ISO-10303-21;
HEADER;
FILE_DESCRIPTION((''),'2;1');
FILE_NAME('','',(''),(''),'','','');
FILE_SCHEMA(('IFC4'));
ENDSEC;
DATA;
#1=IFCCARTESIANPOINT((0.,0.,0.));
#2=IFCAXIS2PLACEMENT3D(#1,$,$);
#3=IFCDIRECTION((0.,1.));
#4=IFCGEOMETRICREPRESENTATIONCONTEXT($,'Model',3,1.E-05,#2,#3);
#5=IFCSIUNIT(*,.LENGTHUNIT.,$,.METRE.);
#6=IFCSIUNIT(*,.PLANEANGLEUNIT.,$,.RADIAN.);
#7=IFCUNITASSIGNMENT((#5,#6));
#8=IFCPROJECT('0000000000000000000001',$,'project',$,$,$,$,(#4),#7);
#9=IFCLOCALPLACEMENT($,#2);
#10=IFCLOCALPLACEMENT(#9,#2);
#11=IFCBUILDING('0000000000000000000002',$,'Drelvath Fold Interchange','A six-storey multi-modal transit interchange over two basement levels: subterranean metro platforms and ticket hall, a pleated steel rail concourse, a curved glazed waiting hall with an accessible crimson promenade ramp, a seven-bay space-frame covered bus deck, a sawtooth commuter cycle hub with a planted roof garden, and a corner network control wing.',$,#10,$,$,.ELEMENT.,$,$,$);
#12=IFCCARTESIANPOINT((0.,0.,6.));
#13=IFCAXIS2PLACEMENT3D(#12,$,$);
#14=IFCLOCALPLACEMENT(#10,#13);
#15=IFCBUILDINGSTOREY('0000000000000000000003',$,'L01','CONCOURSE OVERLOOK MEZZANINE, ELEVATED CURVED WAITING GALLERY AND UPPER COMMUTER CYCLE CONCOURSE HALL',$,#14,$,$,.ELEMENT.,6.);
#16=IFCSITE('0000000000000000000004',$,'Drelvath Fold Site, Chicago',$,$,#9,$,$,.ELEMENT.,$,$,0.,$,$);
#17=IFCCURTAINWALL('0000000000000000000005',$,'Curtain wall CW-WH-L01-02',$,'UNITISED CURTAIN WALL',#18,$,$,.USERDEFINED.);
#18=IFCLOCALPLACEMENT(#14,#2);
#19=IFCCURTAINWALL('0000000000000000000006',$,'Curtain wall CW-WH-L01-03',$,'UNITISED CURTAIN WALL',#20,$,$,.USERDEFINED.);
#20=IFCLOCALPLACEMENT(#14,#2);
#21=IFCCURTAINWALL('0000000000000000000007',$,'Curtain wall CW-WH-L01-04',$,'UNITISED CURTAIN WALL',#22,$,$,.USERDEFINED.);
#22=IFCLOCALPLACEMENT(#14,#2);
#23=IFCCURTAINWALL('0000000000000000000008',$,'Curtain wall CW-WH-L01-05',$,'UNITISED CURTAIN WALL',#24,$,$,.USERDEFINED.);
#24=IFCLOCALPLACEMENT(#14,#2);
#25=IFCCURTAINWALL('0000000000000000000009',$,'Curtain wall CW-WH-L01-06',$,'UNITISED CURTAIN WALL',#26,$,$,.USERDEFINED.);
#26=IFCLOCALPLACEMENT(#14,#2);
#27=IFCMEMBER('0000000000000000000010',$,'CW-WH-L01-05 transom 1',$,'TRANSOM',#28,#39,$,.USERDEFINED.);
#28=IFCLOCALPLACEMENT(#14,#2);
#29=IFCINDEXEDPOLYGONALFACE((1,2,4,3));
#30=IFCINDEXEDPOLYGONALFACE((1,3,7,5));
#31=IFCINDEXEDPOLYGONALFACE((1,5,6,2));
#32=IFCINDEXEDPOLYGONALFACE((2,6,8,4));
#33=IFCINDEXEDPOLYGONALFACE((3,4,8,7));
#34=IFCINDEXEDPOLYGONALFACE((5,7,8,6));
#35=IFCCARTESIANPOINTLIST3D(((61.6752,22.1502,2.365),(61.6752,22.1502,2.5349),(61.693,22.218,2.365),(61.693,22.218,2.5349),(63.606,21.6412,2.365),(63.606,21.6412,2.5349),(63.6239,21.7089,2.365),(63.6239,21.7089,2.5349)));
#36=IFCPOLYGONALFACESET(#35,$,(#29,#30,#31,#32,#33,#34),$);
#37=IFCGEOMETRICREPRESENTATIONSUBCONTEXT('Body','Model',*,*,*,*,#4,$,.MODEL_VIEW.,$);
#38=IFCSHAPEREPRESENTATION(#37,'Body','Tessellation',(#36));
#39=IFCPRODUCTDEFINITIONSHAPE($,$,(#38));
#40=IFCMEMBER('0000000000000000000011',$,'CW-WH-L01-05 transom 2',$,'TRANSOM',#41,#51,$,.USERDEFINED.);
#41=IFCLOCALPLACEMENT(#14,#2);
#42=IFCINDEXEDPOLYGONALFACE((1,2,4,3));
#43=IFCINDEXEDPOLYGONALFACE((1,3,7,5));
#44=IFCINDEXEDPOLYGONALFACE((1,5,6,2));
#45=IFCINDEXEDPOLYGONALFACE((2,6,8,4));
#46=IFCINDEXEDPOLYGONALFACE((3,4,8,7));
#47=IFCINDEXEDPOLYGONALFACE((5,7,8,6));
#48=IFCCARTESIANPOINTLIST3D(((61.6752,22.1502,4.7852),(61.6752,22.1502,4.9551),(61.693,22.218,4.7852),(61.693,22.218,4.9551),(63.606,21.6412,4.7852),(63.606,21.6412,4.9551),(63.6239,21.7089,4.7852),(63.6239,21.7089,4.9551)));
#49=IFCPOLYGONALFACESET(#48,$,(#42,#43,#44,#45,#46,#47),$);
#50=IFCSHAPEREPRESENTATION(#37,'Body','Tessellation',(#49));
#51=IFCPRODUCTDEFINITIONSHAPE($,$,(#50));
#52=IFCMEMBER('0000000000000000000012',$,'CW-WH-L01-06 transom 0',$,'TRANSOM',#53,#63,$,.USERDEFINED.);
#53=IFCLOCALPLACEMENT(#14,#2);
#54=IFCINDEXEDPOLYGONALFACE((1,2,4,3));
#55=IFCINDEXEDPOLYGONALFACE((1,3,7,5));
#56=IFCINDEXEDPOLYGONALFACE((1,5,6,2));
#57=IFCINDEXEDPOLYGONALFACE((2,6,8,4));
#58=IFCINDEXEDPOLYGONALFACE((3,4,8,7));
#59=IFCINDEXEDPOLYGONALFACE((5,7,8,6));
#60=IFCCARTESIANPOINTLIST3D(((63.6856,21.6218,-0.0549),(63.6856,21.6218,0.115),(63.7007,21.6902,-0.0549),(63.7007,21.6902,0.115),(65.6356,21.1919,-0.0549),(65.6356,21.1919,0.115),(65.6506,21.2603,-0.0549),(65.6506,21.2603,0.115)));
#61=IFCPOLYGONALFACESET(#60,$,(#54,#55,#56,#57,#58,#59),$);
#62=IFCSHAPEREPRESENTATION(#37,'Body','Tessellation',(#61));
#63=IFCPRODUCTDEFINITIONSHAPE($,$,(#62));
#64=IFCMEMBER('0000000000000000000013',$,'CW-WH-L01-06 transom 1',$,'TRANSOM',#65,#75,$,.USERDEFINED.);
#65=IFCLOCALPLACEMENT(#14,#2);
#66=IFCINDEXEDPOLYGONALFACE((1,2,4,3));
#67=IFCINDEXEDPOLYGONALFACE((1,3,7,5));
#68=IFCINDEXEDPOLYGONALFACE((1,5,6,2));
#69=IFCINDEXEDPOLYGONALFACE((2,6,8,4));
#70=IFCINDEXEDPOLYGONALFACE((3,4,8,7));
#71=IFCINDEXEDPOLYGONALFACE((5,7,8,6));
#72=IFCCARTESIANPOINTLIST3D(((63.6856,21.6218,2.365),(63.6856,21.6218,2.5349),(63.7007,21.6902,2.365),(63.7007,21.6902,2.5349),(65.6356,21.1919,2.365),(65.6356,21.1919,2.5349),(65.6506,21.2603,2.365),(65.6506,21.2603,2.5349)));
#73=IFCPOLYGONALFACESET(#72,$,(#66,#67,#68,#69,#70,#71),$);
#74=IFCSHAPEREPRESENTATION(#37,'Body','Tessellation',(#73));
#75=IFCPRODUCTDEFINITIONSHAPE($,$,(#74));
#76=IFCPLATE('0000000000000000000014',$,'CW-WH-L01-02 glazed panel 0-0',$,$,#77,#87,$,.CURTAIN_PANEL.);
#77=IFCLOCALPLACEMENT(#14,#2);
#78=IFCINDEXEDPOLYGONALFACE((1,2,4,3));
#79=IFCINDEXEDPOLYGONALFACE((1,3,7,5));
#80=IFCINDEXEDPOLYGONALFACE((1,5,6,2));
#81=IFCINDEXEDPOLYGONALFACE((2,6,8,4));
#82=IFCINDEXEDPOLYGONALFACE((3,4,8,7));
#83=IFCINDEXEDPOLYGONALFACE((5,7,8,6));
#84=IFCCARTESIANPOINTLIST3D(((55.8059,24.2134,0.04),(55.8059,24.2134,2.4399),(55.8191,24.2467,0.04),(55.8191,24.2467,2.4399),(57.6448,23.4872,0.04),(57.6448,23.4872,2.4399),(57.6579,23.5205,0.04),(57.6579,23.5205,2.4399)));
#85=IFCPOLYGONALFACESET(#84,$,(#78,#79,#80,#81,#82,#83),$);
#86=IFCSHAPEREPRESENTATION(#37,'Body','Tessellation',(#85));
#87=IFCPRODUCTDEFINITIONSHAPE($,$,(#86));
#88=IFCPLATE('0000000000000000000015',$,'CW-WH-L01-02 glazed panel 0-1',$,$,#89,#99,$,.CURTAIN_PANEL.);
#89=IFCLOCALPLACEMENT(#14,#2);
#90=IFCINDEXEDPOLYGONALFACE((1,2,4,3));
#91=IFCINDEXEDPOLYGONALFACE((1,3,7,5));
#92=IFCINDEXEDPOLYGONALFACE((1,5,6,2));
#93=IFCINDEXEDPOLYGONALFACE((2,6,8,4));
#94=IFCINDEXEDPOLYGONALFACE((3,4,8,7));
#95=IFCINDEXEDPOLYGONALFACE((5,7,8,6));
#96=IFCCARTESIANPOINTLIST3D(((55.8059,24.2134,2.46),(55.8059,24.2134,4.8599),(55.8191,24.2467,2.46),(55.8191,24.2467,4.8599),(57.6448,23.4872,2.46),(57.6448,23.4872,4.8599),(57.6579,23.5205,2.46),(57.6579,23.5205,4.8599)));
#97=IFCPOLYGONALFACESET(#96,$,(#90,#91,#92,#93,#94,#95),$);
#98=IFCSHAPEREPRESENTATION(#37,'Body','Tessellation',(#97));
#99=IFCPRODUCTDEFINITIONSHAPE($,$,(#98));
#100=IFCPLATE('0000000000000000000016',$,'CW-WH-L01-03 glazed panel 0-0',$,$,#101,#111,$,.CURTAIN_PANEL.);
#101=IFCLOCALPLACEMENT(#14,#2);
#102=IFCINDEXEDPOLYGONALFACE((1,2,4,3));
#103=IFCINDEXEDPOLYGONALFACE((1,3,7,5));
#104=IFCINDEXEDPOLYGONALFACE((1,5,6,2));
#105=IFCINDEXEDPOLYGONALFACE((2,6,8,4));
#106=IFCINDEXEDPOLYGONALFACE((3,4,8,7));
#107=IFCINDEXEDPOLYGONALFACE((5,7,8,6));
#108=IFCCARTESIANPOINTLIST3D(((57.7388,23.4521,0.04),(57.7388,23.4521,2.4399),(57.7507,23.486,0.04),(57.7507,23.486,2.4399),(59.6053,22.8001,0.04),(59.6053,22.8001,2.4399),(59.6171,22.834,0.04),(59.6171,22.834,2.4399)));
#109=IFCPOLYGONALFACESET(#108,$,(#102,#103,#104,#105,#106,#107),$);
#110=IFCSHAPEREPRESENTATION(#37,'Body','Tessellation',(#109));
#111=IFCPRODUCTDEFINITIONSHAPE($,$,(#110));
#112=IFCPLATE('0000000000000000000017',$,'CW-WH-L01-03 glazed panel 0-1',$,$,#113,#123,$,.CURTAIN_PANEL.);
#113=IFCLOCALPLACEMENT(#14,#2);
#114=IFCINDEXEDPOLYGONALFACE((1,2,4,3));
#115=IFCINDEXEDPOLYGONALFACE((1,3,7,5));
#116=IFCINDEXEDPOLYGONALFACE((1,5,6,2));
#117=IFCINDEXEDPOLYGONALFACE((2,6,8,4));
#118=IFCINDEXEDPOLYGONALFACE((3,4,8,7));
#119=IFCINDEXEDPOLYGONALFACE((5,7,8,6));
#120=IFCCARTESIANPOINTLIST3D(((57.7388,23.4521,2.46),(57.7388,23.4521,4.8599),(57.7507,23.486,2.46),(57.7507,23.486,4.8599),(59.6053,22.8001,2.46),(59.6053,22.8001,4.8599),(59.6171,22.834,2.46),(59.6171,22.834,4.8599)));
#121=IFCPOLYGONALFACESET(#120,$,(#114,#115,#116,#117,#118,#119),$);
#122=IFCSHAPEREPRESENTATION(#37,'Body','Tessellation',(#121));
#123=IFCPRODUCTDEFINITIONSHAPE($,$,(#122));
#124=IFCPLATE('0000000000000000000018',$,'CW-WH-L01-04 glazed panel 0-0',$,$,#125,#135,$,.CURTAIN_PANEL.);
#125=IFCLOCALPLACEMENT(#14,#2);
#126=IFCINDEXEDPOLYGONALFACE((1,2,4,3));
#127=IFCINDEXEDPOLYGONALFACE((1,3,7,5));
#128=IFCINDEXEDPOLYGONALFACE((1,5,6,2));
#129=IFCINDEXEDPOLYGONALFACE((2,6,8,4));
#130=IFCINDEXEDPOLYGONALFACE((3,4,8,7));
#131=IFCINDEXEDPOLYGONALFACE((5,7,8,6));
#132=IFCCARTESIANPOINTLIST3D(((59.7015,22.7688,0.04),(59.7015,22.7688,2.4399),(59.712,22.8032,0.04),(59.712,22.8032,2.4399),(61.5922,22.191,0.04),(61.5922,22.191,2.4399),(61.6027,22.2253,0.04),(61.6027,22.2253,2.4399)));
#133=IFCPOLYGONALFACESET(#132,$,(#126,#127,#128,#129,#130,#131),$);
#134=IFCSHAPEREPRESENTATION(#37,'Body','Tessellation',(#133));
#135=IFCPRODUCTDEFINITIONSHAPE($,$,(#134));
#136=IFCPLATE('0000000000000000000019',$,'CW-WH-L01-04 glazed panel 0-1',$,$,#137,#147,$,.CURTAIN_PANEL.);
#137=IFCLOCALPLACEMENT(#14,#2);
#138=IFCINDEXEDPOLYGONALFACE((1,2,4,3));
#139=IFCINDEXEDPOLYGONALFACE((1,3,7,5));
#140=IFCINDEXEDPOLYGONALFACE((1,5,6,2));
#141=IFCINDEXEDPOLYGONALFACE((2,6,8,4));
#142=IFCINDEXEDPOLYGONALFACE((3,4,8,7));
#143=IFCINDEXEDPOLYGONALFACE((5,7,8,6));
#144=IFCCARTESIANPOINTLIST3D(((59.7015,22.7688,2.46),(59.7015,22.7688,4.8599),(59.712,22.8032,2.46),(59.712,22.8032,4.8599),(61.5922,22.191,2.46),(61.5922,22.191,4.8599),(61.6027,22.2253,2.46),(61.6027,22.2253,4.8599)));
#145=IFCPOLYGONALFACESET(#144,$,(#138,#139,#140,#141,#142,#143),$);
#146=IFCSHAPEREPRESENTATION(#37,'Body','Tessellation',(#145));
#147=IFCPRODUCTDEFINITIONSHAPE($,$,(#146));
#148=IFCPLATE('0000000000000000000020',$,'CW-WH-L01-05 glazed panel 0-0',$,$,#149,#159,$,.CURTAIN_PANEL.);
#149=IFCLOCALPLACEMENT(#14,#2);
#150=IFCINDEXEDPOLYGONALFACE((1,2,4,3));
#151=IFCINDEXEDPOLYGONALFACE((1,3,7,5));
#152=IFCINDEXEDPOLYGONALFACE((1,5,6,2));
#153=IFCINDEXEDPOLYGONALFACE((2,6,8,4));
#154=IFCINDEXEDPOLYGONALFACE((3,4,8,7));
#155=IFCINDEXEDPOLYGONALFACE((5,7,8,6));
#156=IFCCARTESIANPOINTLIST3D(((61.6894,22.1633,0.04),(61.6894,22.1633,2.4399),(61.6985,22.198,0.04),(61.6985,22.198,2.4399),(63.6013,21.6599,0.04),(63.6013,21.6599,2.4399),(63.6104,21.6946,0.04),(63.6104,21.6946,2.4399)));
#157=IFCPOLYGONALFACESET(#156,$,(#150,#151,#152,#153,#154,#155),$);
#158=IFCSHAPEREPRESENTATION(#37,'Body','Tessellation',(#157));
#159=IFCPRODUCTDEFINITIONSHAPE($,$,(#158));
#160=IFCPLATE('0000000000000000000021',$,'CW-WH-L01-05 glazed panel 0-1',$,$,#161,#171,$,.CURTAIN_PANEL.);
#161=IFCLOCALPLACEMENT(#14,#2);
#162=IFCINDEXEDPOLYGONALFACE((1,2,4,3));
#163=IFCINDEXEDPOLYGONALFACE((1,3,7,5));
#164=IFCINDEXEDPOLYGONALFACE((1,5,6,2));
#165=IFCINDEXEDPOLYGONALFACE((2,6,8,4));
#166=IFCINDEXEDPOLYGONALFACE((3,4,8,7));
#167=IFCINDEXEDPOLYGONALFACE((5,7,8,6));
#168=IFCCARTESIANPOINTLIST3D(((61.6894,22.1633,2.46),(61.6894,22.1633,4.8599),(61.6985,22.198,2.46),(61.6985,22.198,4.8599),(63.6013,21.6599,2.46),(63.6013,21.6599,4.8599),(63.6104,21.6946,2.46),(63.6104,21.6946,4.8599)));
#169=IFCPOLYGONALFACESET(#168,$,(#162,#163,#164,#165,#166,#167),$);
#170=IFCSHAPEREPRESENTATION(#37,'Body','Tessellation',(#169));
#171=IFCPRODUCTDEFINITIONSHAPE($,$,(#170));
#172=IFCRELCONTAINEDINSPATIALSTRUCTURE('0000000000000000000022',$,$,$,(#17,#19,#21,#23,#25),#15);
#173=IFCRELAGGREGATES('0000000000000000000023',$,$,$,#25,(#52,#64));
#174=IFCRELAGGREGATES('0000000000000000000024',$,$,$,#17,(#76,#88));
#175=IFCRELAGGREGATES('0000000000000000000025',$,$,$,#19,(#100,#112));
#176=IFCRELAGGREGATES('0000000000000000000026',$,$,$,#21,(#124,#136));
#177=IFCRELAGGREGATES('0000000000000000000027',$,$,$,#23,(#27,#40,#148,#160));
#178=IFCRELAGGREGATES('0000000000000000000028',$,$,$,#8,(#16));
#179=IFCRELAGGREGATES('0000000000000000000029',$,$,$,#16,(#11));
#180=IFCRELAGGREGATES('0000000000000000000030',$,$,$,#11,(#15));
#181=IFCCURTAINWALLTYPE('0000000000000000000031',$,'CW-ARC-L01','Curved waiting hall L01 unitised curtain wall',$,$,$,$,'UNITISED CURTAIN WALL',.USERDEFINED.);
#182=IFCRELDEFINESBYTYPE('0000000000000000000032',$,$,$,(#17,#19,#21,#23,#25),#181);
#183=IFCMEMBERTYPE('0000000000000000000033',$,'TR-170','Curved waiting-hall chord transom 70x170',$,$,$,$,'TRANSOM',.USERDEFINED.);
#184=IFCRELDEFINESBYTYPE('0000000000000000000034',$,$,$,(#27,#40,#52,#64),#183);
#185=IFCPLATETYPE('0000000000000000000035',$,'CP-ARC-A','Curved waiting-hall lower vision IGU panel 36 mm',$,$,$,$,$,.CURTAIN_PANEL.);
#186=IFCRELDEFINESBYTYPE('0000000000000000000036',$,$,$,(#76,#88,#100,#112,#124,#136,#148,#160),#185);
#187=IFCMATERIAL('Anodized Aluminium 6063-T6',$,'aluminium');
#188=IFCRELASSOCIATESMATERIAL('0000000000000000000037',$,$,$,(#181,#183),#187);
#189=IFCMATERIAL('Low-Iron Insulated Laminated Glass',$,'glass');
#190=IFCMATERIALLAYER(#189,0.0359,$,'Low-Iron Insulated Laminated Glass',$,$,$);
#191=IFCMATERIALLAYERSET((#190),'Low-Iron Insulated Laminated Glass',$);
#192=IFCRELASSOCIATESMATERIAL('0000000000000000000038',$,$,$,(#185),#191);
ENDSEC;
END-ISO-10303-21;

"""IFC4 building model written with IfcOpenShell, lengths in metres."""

from ifc_helpers import new_model, si_unit, direction, frame, origin, origin_2d, place, context, subcontext, project, spatial, rectangle, extrude, material, layer, layer_set, material_profile, profile_set, type_object, element, aggregate, save


model = new_model("IFC4")

# Units and contexts
model_context = context("Model", 3, precision=1e-05, world=origin(), true_north=direction((0.0, 1.0)))
body_context = subcontext(model_context, "Body", "Model", "MODEL_VIEW")
ifc_project = project(units=[si_unit("LENGTHUNIT", "METRE"), si_unit("PLANEANGLEUNIT", "RADIAN")], contexts=[model_context])

# Site, building, storey
site_placement = place(None, origin())
site = spatial("IfcSite", under=ifc_project, at=site_placement, Name="Drelvath Fold Site, Chicago", CompositionType="ELEMENT", RefElevation=0.0)
building_placement = place(site_placement, origin())
building = spatial("IfcBuilding", under=site, at=building_placement, Name="Drelvath Fold Interchange", Description="A six-storey multi-modal transit interchange over two basement levels: subterranean metro platforms and ticket hall, a pleated steel rail concourse, a curved glazed waiting hall with an accessible crimson promenade ramp, a seven-bay space-frame covered bus deck, a sawtooth commuter cycle hub with a planted roof garden, and a corner network control wing.", CompositionType="ELEMENT")
storey_placement = place(building_placement, frame((0.0, 0.0, 6.0)))
storey = spatial("IfcBuildingStorey", under=building, at=storey_placement, Name="L01", Description="CONCOURSE OVERLOOK MEZZANINE, ELEVATED CURVED WAITING GALLERY AND UPPER COMMUTER CYCLE CONCOURSE HALL", CompositionType="ELEMENT", Elevation=6.0)

# Curtain wall
ifc_material_1 = material(Name="Anodized Aluminium 6063-T6", Category="aluminium")
curtain_wall_type = type_object("IfcCurtainWallType", Name="CW-ARC-L01", Description="Curved waiting hall L01 unitised curtain wall", ElementType="UNITISED CURTAIN WALL", PredefinedType="USERDEFINED", material=ifc_material_1)
curtain_wall_1_placement = place(storey_placement, origin())
curtain_wall_1 = element("IfcCurtainWall", 1, at=curtain_wall_1_placement, inside=storey, type_object=curtain_wall_type, Name="Curtain wall CW-WH-L01-02", ObjectType="UNITISED CURTAIN WALL", PredefinedType="USERDEFINED")

# Curtain walls
curtain_wall_2_placement = place(storey_placement, origin())
curtain_wall_2 = element("IfcCurtainWall", 2, at=curtain_wall_2_placement, inside=storey, type_object=curtain_wall_type, Name="Curtain wall CW-WH-L01-03", ObjectType="UNITISED CURTAIN WALL", PredefinedType="USERDEFINED")
curtain_wall_3_placement = place(storey_placement, origin())
curtain_wall_3 = element("IfcCurtainWall", 3, at=curtain_wall_3_placement, inside=storey, type_object=curtain_wall_type, Name="Curtain wall CW-WH-L01-04", ObjectType="UNITISED CURTAIN WALL", PredefinedType="USERDEFINED")
curtain_wall_4_placement = place(storey_placement, origin())
curtain_wall_4 = element("IfcCurtainWall", 4, at=curtain_wall_4_placement, inside=storey, type_object=curtain_wall_type, Name="Curtain wall CW-WH-L01-05", ObjectType="UNITISED CURTAIN WALL", PredefinedType="USERDEFINED")

# Curtain wall
curtain_wall_5_placement = place(storey_placement, origin())
curtain_wall_5 = element("IfcCurtainWall", 5, at=curtain_wall_5_placement, inside=storey, type_object=curtain_wall_type, Name="Curtain wall CW-WH-L01-06", ObjectType="UNITISED CURTAIN WALL", PredefinedType="USERDEFINED")

# Members
ifc_material_profile_1 = material_profile(ifc_material_1, rectangle(XDim=0.0701, YDim=0.1699, at=origin_2d()), Name="AL-T 70x170")
ifc_profile_set_1 = profile_set([ifc_material_profile_1], Name="Anodized Aluminium 6063-T6")
member_type_1 = type_object("IfcMemberType", Name="TR-170", Description="Curved waiting-hall chord transom 70x170", ElementType="TRANSOM", PredefinedType="USERDEFINED", material=ifc_profile_set_1)
member_1_placement = place(storey_placement, frame((61.6841, 22.1841, 2.45), z_axis=(0.966964, -0.254915, 0.0), x_axis=(0.254915, 0.966964, 0.0)))
member_1 = element("IfcMember", 6, at=member_1_placement, type_object=member_type_1, Name="CW-WH-L01-05 transom 1", ObjectType="TRANSOM", PredefinedType="USERDEFINED", context=body_context, shape_type="SweptSolid", body=[
    extrude(rectangle(XDim=0.0701, YDim=0.1699, at=origin_2d()), origin(), (0.0, 0.0, 1.0), 1.9968),
])
member_2_placement = place(storey_placement, frame((61.6841, 22.1841, 4.8701), z_axis=(0.966964, -0.254915, 0.0), x_axis=(0.254915, 0.966964, 0.0)))
member_2 = element("IfcMember", 7, at=member_2_placement, type_object=member_type_1, Name="CW-WH-L01-05 transom 2", ObjectType="TRANSOM", PredefinedType="USERDEFINED", context=body_context, shape_type="SweptSolid", body=[
    extrude(rectangle(XDim=0.0701, YDim=0.1699, at=origin_2d()), origin(), (0.0, 0.0, 1.0), 1.9968),
])
member_3_placement = place(storey_placement, frame((63.6931, 21.656, 0.03), z_axis=(0.976545, -0.215312, 0.0), x_axis=(0.215312, 0.976545, 0.0)))
member_3 = element("IfcMember", 8, at=member_3_placement, type_object=member_type_1, Name="CW-WH-L01-06 transom 0", ObjectType="TRANSOM", PredefinedType="USERDEFINED", context=body_context, shape_type="SweptSolid", body=[
    extrude(rectangle(XDim=0.0701, YDim=0.1699, at=origin_2d()), origin(), (0.0, 0.0, 1.0), 1.9968),
])
member_4_placement = place(storey_placement, frame((63.6931, 21.656, 2.45), z_axis=(0.976545, -0.215312, 0.0), x_axis=(0.215312, 0.976545, 0.0)))
member_4 = element("IfcMember", 9, at=member_4_placement, type_object=member_type_1, Name="CW-WH-L01-06 transom 1", ObjectType="TRANSOM", PredefinedType="USERDEFINED", context=body_context, shape_type="SweptSolid", body=[
    extrude(rectangle(XDim=0.0701, YDim=0.1699, at=origin_2d()), origin(), (0.0, 0.0, 1.0), 1.9968),
])
aggregate(curtain_wall_5, [member_3, member_4])

# Plates
ifc_material_2 = material(Name="Low-Iron Insulated Laminated Glass", Category="glass")
ifc_layer = layer(ifc_material_2, 0.0359, Name="Low-Iron Insulated Laminated Glass")
ifc_layer_set = layer_set([ifc_layer], Name="Low-Iron Insulated Laminated Glass")
plate_type = type_object("IfcPlateType", Name="CP-ARC-A", Description="Curved waiting-hall lower vision IGU panel 36 mm", PredefinedType="CURTAIN_PANEL", material=ifc_layer_set)
plate_1_placement = place(storey_placement, frame((56.7319, 23.8669, 0.04), z_axis=(0.0, 0.0, 1.0), x_axis=(0.930097, -0.367313, 0.0)))
plate_1 = element("IfcPlate", 10, at=plate_1_placement, type_object=plate_type, Name="CW-WH-L01-02 glazed panel 0-0", PredefinedType="CURTAIN_PANEL", context=body_context, shape_type="SweptSolid", body=[
    extrude(rectangle(XDim=1.9771, YDim=0.0359, at=origin_2d()), origin(), (0.0, 0.0, 1.0), 2.3999),
])
plate_2_placement = place(storey_placement, frame((56.7319, 23.8669, 2.46), z_axis=(0.0, 0.0, 1.0), x_axis=(0.930097, -0.367313, 0.0)))
plate_2 = element("IfcPlate", 11, at=plate_2_placement, type_object=plate_type, Name="CW-WH-L01-02 glazed panel 0-1", PredefinedType="CURTAIN_PANEL", context=body_context, shape_type="SweptSolid", body=[
    extrude(rectangle(XDim=1.9771, YDim=0.0359, at=origin_2d()), origin(), (0.0, 0.0, 1.0), 2.3999),
])
aggregate(curtain_wall_1, [plate_1, plate_2])
plate_3_placement = place(storey_placement, frame((58.678, 23.1431, 0.04), z_axis=(0.0, 0.0, 1.0), x_axis=(0.94406, -0.329773, 0.0)))
plate_3 = element("IfcPlate", 12, at=plate_3_placement, type_object=plate_type, Name="CW-WH-L01-03 glazed panel 0-0", PredefinedType="CURTAIN_PANEL", context=body_context, shape_type="SweptSolid", body=[
    extrude(rectangle(XDim=1.9771, YDim=0.0359, at=origin_2d()), origin(), (0.0, 0.0, 1.0), 2.3999),
])
plate_4_placement = place(storey_placement, frame((58.678, 23.1431, 2.46), z_axis=(0.0, 0.0, 1.0), x_axis=(0.94406, -0.329773, 0.0)))
plate_4 = element("IfcPlate", 13, at=plate_4_placement, type_object=plate_type, Name="CW-WH-L01-03 glazed panel 0-1", PredefinedType="CURTAIN_PANEL", context=body_context, shape_type="SweptSolid", body=[
    extrude(rectangle(XDim=1.9771, YDim=0.0359, at=origin_2d()), origin(), (0.0, 0.0, 1.0), 2.3999),
])
aggregate(curtain_wall_2, [plate_3, plate_4])
plate_5_placement = place(storey_placement, frame((60.6521, 22.4971, 0.04), z_axis=(0.0, 0.0, 1.0), x_axis=(0.95633, -0.292288, 0.0)))
plate_5 = element("IfcPlate", 14, at=plate_5_placement, type_object=plate_type, Name="CW-WH-L01-04 glazed panel 0-0", PredefinedType="CURTAIN_PANEL", context=body_context, shape_type="SweptSolid", body=[
    extrude(rectangle(XDim=1.9771, YDim=0.0359, at=origin_2d()), origin(), (0.0, 0.0, 1.0), 2.3999),
])
plate_6_placement = place(storey_placement, frame((60.6521, 22.4971, 2.46), z_axis=(0.0, 0.0, 1.0), x_axis=(0.95633, -0.292288, 0.0)))
plate_6 = element("IfcPlate", 15, at=plate_6_placement, type_object=plate_type, Name="CW-WH-L01-04 glazed panel 0-1", PredefinedType="CURTAIN_PANEL", context=body_context, shape_type="SweptSolid", body=[
    extrude(rectangle(XDim=1.9771, YDim=0.0359, at=origin_2d()), origin(), (0.0, 0.0, 1.0), 2.3999),
])
aggregate(curtain_wall_3, [plate_5, plate_6])
plate_7_placement = place(storey_placement, frame((62.6499, 21.929, 0.04), z_axis=(0.0, 0.0, 1.0), x_axis=(0.967037, -0.254636, 0.0)))
plate_7 = element("IfcPlate", 16, at=plate_7_placement, type_object=plate_type, Name="CW-WH-L01-05 glazed panel 0-0", PredefinedType="CURTAIN_PANEL", context=body_context, shape_type="SweptSolid", body=[
    extrude(rectangle(XDim=1.9771, YDim=0.0359, at=origin_2d()), origin(), (0.0, 0.0, 1.0), 2.3999),
])
plate_8_placement = place(storey_placement, frame((62.6499, 21.929, 2.46), z_axis=(0.0, 0.0, 1.0), x_axis=(0.967037, -0.254636, 0.0)))
plate_8 = element("IfcPlate", 17, at=plate_8_placement, type_object=plate_type, Name="CW-WH-L01-05 glazed panel 0-1", PredefinedType="CURTAIN_PANEL", context=body_context, shape_type="SweptSolid", body=[
    extrude(rectangle(XDim=1.9771, YDim=0.0359, at=origin_2d()), origin(), (0.0, 0.0, 1.0), 2.3999),
])
aggregate(curtain_wall_4, [member_1, member_2, plate_7, plate_8])

save(model, "model.ifc")
